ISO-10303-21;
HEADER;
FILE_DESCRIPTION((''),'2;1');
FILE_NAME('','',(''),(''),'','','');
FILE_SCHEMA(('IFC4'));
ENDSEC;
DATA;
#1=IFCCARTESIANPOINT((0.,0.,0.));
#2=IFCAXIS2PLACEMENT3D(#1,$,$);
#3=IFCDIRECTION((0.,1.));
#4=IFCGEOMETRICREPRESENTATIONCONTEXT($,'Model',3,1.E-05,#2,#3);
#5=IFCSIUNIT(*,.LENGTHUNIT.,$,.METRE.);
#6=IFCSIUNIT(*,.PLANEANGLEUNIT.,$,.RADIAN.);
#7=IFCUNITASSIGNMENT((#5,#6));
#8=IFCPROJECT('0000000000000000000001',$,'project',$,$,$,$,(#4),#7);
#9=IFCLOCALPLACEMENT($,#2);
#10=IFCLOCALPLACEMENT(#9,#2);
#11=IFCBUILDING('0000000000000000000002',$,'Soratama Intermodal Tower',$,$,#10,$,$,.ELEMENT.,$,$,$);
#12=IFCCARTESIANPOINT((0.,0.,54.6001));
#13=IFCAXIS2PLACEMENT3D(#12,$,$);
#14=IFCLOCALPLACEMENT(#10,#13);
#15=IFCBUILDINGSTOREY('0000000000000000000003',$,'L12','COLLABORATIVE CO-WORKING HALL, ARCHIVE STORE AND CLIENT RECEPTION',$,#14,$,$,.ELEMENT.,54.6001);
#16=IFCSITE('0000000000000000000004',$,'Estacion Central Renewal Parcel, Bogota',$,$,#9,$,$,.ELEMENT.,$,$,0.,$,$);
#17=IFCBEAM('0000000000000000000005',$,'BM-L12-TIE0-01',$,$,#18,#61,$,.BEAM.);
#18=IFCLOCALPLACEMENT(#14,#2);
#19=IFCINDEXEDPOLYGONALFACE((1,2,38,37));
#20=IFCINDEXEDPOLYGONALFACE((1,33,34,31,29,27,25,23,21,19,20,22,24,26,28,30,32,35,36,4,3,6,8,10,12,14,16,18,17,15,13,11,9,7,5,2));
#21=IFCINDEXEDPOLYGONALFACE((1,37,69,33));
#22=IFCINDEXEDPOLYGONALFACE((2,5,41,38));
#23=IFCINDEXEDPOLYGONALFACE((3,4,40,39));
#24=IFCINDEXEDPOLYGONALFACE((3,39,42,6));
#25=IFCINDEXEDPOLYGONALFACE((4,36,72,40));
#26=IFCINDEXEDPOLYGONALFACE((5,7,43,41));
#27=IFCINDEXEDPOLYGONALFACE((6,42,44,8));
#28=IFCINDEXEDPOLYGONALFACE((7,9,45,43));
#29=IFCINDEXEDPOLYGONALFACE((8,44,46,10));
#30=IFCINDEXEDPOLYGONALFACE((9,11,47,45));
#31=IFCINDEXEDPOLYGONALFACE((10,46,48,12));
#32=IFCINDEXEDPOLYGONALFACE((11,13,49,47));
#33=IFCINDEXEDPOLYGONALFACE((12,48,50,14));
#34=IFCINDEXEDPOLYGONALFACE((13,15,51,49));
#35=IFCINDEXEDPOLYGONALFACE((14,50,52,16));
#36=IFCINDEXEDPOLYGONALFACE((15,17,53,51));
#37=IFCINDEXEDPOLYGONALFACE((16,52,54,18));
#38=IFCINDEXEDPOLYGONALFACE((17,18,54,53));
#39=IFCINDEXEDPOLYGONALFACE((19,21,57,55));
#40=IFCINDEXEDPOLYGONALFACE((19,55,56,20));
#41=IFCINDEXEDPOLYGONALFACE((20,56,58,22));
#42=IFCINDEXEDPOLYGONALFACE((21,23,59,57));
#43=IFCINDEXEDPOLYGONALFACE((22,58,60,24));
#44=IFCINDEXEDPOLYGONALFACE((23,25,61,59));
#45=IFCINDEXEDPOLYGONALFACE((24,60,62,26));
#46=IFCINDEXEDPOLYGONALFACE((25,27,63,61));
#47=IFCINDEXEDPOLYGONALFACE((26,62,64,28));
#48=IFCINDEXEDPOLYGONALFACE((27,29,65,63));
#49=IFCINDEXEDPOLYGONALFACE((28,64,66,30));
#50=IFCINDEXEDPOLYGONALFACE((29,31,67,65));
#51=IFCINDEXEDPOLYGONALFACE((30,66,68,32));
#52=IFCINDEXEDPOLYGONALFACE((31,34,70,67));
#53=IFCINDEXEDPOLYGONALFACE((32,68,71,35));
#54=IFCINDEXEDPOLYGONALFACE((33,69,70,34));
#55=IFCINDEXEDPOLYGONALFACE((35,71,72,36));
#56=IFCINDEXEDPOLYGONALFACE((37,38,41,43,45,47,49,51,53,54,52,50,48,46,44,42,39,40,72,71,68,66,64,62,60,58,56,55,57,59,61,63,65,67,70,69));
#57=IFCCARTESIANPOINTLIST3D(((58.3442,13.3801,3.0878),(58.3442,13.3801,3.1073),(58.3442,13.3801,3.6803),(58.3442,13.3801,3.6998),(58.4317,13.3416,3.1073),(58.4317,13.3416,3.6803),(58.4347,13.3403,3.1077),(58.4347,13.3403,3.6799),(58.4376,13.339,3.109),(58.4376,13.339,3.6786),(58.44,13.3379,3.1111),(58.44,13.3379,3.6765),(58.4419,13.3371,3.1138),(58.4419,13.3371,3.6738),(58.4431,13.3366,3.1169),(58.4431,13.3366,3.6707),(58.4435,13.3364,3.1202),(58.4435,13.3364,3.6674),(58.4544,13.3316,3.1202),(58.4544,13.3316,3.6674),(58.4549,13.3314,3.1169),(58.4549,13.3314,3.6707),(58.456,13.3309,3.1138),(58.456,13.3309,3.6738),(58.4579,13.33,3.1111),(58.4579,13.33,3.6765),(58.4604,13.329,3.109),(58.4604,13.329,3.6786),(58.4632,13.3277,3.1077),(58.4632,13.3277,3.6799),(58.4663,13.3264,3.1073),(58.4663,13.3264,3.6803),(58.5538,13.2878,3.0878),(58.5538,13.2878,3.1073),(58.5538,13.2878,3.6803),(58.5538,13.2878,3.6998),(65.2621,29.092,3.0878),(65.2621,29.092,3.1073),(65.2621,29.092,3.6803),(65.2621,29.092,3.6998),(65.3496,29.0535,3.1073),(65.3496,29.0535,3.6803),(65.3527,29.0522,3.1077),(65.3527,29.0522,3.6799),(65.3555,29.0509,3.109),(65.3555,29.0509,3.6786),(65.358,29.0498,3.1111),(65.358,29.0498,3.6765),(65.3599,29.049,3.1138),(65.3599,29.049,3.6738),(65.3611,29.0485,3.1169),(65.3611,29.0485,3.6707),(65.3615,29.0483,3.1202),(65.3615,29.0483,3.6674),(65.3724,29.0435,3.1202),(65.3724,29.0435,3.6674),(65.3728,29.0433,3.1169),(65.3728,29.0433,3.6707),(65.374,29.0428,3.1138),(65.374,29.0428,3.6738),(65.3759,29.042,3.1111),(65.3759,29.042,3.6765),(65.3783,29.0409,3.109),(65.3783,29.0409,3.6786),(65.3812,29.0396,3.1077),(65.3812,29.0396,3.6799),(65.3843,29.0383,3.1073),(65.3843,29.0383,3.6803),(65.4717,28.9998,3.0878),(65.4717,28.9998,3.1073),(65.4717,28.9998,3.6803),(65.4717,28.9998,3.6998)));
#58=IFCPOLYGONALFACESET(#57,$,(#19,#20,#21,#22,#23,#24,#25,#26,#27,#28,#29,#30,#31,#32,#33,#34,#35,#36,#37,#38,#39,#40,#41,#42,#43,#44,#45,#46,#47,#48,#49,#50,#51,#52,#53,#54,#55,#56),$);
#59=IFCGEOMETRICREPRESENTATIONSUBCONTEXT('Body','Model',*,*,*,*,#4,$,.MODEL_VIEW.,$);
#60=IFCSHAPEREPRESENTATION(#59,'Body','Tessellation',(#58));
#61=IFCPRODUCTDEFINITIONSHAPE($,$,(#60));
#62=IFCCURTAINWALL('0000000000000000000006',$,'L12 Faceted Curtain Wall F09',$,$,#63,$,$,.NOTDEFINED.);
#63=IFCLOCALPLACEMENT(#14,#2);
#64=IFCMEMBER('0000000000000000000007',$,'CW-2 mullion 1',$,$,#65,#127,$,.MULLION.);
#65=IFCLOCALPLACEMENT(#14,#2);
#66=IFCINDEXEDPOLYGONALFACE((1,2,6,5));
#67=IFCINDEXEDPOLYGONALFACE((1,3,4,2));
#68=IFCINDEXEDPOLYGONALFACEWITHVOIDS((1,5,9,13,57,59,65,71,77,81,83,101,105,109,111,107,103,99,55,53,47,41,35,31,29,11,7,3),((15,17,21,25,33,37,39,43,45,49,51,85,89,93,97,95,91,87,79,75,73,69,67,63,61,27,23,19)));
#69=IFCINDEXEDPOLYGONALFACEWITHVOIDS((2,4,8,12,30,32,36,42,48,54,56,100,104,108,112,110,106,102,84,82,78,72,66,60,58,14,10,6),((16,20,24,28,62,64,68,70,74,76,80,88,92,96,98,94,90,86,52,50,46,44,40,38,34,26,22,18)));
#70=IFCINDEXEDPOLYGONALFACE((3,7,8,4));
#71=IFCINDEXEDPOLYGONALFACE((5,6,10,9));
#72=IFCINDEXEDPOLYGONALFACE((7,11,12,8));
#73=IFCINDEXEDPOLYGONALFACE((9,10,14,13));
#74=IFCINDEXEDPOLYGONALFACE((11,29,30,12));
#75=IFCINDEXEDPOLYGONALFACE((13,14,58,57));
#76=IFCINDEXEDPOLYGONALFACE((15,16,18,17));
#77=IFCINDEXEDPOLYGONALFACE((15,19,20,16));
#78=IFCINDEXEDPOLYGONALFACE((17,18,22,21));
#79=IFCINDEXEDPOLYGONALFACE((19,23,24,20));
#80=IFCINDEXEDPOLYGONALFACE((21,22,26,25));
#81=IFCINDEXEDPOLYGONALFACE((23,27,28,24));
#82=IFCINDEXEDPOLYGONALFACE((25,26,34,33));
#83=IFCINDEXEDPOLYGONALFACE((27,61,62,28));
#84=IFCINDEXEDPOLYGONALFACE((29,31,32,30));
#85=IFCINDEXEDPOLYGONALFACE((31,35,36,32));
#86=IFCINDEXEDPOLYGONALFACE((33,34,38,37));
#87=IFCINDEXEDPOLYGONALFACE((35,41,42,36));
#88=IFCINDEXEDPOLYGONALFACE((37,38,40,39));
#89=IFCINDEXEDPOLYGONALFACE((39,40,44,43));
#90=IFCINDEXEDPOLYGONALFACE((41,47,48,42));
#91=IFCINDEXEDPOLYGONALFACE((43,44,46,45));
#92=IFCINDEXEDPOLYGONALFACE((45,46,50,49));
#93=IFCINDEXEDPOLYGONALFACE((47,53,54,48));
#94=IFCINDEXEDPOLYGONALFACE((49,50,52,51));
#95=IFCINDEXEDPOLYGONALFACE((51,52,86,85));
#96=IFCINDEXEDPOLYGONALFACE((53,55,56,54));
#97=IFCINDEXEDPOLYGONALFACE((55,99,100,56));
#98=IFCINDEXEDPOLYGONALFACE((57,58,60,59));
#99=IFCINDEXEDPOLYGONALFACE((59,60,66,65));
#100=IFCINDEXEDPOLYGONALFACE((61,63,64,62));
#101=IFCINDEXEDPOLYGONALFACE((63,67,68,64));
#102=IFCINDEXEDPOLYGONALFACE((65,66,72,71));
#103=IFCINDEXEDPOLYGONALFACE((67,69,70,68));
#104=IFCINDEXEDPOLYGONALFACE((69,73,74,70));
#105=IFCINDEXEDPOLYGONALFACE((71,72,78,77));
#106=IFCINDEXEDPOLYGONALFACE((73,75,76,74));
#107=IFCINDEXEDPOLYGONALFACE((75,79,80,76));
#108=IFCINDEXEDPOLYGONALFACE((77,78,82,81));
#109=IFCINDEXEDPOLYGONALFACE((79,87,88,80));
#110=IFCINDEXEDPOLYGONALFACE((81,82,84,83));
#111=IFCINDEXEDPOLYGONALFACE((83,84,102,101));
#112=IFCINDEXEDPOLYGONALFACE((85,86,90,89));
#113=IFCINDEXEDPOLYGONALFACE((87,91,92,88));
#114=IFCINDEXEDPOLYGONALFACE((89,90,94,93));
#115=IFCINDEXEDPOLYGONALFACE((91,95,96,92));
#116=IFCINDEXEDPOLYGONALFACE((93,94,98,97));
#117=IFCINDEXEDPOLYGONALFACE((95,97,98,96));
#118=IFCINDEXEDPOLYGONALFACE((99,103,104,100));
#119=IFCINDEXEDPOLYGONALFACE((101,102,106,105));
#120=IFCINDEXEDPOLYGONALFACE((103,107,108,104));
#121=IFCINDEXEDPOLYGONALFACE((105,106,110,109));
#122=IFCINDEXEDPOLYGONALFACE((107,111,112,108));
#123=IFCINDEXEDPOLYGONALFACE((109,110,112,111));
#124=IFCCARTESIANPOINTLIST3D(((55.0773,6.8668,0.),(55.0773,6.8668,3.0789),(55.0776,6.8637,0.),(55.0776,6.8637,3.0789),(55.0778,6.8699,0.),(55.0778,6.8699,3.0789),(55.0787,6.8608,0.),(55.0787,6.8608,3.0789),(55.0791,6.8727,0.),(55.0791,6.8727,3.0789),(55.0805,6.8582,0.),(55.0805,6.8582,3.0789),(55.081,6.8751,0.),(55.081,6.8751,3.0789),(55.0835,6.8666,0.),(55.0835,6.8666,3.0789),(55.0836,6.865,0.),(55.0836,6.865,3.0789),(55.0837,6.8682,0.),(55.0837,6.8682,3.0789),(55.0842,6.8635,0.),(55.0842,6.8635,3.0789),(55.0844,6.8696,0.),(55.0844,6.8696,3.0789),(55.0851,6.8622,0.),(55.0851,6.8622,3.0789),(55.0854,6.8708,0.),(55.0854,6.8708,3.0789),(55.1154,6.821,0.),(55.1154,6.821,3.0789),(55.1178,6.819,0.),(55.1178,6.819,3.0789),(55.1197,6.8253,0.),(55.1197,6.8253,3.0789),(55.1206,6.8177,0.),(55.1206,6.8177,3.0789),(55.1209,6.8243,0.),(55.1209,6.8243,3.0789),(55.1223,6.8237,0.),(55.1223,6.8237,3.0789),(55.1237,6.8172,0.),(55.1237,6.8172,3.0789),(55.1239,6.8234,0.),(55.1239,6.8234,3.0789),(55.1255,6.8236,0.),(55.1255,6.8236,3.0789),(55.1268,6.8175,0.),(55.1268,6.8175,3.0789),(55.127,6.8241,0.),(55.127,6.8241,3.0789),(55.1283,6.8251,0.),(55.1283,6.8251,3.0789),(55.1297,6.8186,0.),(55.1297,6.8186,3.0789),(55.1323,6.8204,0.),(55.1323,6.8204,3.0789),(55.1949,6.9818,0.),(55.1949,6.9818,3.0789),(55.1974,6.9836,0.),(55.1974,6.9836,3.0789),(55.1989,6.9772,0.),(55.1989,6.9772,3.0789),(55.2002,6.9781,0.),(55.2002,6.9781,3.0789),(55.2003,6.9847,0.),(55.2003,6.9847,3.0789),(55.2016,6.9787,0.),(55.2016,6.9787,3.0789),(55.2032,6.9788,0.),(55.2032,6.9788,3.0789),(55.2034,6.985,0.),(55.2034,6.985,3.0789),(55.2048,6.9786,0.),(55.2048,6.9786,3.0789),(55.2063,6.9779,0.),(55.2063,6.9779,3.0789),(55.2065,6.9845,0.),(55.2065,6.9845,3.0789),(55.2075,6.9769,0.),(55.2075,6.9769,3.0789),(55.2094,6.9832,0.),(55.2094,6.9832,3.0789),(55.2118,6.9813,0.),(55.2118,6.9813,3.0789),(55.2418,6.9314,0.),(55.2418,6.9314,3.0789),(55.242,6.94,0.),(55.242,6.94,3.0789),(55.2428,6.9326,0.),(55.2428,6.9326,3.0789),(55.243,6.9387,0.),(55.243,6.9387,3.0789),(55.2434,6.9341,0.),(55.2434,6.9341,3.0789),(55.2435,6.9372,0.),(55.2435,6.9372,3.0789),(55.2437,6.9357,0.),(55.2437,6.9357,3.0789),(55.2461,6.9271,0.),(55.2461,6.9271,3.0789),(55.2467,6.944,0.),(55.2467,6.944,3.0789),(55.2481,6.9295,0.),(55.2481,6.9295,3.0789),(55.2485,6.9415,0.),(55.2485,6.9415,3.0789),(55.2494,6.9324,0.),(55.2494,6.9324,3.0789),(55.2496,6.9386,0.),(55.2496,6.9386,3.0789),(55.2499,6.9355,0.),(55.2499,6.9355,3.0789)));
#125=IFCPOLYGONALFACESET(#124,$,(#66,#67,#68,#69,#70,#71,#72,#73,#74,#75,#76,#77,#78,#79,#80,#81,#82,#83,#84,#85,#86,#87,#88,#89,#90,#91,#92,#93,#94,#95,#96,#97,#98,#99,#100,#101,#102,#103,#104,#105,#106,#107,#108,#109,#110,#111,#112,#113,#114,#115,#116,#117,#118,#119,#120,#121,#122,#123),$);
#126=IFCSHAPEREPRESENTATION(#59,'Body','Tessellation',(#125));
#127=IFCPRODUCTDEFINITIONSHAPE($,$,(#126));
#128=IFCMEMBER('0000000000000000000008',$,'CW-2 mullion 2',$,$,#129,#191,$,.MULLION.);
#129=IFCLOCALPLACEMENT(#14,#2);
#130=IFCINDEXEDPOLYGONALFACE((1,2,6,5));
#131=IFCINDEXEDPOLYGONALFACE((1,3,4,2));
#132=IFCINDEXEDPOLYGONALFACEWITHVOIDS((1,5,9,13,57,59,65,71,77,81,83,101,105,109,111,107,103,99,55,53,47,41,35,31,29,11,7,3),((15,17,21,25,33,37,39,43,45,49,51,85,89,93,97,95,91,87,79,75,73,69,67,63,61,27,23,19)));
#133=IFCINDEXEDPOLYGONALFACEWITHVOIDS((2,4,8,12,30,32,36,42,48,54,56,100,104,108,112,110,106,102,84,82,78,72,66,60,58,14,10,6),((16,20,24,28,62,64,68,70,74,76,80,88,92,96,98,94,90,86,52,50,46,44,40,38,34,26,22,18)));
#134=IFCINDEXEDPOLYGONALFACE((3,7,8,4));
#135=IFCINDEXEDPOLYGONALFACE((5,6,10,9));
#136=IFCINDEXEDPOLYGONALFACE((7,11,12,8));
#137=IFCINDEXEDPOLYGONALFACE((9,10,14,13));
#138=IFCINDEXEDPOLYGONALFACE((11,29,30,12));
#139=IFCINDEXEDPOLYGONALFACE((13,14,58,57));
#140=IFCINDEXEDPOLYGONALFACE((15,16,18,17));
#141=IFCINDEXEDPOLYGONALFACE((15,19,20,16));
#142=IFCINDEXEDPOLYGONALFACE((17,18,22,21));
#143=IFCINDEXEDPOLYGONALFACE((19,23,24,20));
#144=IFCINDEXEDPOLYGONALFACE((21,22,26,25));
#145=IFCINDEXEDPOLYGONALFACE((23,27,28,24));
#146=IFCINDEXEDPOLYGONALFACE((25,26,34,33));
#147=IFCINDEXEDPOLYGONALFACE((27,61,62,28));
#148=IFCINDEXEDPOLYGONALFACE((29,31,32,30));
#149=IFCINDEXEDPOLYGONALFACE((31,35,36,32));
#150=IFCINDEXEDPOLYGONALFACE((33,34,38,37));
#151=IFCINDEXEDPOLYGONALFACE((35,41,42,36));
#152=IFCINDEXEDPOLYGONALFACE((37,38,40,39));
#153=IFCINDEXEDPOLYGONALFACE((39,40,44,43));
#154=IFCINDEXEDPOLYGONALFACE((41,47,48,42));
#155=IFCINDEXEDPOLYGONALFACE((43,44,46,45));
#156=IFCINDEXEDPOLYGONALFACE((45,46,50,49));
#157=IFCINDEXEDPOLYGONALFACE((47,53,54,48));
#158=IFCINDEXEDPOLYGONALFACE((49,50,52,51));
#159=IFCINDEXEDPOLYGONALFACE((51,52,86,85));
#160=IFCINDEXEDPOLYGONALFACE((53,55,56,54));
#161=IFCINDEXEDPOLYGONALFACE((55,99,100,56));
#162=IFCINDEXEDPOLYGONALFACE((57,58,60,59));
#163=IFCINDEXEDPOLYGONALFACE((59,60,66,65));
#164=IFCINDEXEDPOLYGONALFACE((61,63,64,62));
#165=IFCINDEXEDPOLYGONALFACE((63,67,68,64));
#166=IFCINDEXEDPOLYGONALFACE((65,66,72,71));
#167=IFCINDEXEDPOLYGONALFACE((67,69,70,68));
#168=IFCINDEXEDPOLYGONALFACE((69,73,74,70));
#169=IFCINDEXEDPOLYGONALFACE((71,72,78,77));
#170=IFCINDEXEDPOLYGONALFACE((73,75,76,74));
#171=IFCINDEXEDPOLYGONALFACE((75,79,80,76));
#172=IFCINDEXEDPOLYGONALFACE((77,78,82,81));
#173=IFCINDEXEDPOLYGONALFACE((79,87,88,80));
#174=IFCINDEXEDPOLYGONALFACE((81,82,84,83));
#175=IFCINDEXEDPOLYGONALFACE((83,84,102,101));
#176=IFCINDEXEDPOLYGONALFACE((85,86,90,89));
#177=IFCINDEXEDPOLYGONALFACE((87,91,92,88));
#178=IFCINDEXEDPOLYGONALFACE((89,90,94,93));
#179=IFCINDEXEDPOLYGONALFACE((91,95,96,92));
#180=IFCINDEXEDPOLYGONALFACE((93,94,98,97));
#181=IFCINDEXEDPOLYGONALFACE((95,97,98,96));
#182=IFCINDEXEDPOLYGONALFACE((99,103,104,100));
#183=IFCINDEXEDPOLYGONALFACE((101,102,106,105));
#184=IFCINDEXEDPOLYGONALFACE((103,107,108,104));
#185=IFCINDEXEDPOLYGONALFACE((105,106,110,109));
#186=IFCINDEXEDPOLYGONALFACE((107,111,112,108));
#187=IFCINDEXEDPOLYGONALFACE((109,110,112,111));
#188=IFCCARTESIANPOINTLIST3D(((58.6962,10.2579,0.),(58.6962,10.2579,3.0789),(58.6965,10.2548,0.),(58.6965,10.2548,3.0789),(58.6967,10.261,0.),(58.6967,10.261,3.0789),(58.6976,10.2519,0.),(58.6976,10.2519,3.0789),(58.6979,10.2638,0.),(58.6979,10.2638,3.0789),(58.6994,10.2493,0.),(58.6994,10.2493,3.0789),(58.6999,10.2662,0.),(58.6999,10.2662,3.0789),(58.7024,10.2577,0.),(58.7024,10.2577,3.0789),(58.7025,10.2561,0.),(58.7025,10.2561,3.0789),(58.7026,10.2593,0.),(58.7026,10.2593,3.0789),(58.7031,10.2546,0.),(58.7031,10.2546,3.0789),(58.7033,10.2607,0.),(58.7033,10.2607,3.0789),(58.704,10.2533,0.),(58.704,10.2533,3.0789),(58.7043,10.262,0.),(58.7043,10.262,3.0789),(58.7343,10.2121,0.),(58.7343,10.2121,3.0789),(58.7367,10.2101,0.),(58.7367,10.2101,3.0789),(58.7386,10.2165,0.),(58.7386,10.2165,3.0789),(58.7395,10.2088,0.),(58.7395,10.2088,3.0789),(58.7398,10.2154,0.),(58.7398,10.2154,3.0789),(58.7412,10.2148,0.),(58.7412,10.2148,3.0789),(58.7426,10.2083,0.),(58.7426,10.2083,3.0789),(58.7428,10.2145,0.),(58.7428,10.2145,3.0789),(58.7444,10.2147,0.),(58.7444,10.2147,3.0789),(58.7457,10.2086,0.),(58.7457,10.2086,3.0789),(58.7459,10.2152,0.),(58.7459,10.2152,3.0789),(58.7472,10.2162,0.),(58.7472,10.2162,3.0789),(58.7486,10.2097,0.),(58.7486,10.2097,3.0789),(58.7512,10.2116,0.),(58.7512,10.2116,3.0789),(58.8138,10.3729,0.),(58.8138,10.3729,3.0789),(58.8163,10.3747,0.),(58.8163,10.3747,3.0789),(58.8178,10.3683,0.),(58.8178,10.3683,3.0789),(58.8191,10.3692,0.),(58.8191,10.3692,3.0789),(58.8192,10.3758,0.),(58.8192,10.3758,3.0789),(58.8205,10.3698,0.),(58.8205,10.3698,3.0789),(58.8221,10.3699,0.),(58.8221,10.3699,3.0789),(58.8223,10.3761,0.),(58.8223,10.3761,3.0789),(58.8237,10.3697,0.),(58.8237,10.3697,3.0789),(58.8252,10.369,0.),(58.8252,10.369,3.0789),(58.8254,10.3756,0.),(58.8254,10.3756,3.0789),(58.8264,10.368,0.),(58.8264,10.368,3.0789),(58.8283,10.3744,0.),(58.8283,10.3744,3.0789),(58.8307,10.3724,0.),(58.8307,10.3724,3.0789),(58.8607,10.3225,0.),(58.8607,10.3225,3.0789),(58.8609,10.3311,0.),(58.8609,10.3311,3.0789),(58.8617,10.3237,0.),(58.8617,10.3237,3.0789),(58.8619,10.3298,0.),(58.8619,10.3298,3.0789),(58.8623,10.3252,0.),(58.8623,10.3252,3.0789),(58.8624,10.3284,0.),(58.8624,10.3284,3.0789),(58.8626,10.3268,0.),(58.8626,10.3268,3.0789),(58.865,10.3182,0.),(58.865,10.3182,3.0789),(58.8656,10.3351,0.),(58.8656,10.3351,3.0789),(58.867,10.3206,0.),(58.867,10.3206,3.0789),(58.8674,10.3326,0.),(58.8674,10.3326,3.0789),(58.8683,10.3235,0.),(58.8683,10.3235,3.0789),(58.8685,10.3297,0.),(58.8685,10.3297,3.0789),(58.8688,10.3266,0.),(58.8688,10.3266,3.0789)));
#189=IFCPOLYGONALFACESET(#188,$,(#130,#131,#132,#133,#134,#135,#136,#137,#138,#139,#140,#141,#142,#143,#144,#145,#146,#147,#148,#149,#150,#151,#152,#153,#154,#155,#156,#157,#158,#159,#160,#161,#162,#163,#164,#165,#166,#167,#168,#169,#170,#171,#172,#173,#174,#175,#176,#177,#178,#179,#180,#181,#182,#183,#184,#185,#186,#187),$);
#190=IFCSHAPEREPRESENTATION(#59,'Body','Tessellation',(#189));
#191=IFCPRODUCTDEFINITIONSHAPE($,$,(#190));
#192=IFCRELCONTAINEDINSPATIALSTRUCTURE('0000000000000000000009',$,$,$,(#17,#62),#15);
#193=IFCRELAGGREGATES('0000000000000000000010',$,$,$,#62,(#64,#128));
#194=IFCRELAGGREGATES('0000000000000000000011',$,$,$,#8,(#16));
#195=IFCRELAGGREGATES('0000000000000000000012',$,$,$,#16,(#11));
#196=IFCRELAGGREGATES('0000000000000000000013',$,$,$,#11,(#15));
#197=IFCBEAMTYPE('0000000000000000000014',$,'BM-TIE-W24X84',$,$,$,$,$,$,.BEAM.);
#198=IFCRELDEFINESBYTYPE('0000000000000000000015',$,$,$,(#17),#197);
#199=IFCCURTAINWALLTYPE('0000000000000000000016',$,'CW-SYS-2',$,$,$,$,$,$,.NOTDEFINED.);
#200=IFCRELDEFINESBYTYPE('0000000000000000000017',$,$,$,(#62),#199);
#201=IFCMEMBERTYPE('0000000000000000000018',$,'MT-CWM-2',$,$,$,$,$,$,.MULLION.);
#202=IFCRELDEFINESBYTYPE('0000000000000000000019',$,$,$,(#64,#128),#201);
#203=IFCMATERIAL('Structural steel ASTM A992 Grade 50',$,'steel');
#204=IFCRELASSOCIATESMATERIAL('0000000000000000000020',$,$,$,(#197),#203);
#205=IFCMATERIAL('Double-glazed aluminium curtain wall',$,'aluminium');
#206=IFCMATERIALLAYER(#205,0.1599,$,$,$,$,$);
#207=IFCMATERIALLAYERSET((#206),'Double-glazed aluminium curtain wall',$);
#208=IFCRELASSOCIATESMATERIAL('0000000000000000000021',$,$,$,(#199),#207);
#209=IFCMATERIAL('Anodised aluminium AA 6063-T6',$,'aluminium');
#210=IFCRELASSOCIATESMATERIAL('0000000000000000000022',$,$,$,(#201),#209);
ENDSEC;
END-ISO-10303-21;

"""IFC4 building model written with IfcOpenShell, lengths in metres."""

from ifc_helpers import new_model, si_unit, direction, frame, origin, origin_2d, place, context, subcontext, project, spatial, hollow_rectangle, i_section, extrude, material, layer, layer_set, material_profile, profile_set, type_object, element, aggregate, save


model = new_model("IFC4")

# Units and contexts
model_context = context("Model", 3, precision=1e-05, world=origin(), true_north=direction((0.0, 1.0)))
body_context = subcontext(model_context, "Body", "Model", "MODEL_VIEW")
ifc_project = project(units=[si_unit("LENGTHUNIT", "METRE"), si_unit("PLANEANGLEUNIT", "RADIAN")], contexts=[model_context])

# Site, building, storey
site_placement = place(None, origin())
site = spatial("IfcSite", under=ifc_project, at=site_placement, Name="Estacion Central Renewal Parcel, Bogota", CompositionType="ELEMENT", RefElevation=0.0)
building_placement = place(site_placement, origin())
building = spatial("IfcBuilding", under=site, at=building_placement, Name="Soratama Intermodal Tower", CompositionType="ELEMENT")
storey_placement = place(building_placement, frame((0.0, 0.0, 54.6001)))
storey = spatial("IfcBuildingStorey", under=building, at=storey_placement, Name="L12", Description="COLLABORATIVE CO-WORKING HALL, ARCHIVE STORE AND CLIENT RECEPTION", CompositionType="ELEMENT", Elevation=54.6001)

# Beam
ifc_material_1 = material(Name="Structural steel ASTM A992 Grade 50", Category="steel")
ifc_material_profile_1 = material_profile(ifc_material_1, i_section(OverallWidth=0.229, OverallDepth=0.6121, WebThickness=0.012, FlangeThickness=0.0195, FilletRadius=0.0129, at=origin_2d()), Name="W24X84")
ifc_profile_set_1 = profile_set([ifc_material_profile_1], Name="Structural steel ASTM A992 Grade 50")
beam_type_1 = type_object("IfcBeamType", Name="BM-TIE-W24X84", PredefinedType="BEAM", material=ifc_profile_set_1)
beam_1_placement = place(storey_placement, frame((58.449, 13.334, 3.3938), z_axis=(0.402969, 0.915214, 0.0), x_axis=(-0.915214, 0.402969, 0.0)))
element("IfcBeam", 1, at=beam_1_placement, inside=storey, type_object=beam_type_1, Name="BM-L12-TIE0-01", PredefinedType="BEAM", context=body_context, shape_type="SweptSolid", body=[
    extrude(i_section(OverallWidth=0.229, OverallDepth=0.6121, WebThickness=0.012, FlangeThickness=0.0195, FilletRadius=0.0129, at=origin_2d()), origin(), (0.0, 0.0, 1.0), 17.1675),
])

# Curtain wall, members
ifc_material_2 = material(Name="Double-glazed aluminium curtain wall", Category="aluminium")
ifc_layer_1 = layer(ifc_material_2, 0.1599)
ifc_layer_set_1 = layer_set([ifc_layer_1], Name="Double-glazed aluminium curtain wall")
curtain_wall_type = type_object("IfcCurtainWallType", Name="CW-SYS-2", PredefinedType="NOTDEFINED", material=ifc_layer_set_1)
curtain_wall_placement = place(storey_placement, origin())
curtain_wall = element("IfcCurtainWall", 2, at=curtain_wall_placement, inside=storey, type_object=curtain_wall_type, Name="L12 Faceted Curtain Wall F09", PredefinedType="NOTDEFINED")
ifc_material_3 = material(Name="Anodised aluminium AA 6063-T6", Category="aluminium")
ifc_material_profile_2 = material_profile(ifc_material_3, hollow_rectangle(XDim=0.075, YDim=0.1799, WallThickness=0.0061, InnerFilletRadius=0.0061, OuterFilletRadius=0.012, at=origin_2d()), Name="CWM180X75X6")
ifc_profile_set_2 = profile_set([ifc_material_profile_2], Name="Anodised aluminium AA 6063-T6")
member_type_1 = type_object("IfcMemberType", Name="MT-CWM-2", PredefinedType="MULLION", material=ifc_profile_set_2)
member_1_placement = place(storey_placement, frame((55.1636, 6.9011, 0.0), z_axis=(0.0, 0.0, 1.0), x_axis=(-0.683786, 0.729682, 0.0)))
member_1 = element("IfcMember", 3, at=member_1_placement, type_object=member_type_1, Name="CW-2 mullion 1", PredefinedType="MULLION", context=body_context, shape_type="SweptSolid", body=[
    extrude(hollow_rectangle(XDim=0.075, YDim=0.1799, WallThickness=0.0061, InnerFilletRadius=0.0061, OuterFilletRadius=0.012, at=origin_2d()), origin(), (0.0, 0.0, 1.0), 3.0789),
])
member_2_placement = place(storey_placement, frame((58.7825, 10.2922, 0.0), z_axis=(0.0, 0.0, 1.0), x_axis=(-0.683786, 0.729682, 0.0)))
member_2 = element("IfcMember", 4, at=member_2_placement, type_object=member_type_1, Name="CW-2 mullion 2", PredefinedType="MULLION", context=body_context, shape_type="SweptSolid", body=[
    extrude(hollow_rectangle(XDim=0.075, YDim=0.1799, WallThickness=0.0061, InnerFilletRadius=0.0061, OuterFilletRadius=0.012, at=origin_2d()), origin(), (0.0, 0.0, 1.0), 3.0789),
])
aggregate(curtain_wall, [member_1, member_2])

save(model, "model.ifc")
